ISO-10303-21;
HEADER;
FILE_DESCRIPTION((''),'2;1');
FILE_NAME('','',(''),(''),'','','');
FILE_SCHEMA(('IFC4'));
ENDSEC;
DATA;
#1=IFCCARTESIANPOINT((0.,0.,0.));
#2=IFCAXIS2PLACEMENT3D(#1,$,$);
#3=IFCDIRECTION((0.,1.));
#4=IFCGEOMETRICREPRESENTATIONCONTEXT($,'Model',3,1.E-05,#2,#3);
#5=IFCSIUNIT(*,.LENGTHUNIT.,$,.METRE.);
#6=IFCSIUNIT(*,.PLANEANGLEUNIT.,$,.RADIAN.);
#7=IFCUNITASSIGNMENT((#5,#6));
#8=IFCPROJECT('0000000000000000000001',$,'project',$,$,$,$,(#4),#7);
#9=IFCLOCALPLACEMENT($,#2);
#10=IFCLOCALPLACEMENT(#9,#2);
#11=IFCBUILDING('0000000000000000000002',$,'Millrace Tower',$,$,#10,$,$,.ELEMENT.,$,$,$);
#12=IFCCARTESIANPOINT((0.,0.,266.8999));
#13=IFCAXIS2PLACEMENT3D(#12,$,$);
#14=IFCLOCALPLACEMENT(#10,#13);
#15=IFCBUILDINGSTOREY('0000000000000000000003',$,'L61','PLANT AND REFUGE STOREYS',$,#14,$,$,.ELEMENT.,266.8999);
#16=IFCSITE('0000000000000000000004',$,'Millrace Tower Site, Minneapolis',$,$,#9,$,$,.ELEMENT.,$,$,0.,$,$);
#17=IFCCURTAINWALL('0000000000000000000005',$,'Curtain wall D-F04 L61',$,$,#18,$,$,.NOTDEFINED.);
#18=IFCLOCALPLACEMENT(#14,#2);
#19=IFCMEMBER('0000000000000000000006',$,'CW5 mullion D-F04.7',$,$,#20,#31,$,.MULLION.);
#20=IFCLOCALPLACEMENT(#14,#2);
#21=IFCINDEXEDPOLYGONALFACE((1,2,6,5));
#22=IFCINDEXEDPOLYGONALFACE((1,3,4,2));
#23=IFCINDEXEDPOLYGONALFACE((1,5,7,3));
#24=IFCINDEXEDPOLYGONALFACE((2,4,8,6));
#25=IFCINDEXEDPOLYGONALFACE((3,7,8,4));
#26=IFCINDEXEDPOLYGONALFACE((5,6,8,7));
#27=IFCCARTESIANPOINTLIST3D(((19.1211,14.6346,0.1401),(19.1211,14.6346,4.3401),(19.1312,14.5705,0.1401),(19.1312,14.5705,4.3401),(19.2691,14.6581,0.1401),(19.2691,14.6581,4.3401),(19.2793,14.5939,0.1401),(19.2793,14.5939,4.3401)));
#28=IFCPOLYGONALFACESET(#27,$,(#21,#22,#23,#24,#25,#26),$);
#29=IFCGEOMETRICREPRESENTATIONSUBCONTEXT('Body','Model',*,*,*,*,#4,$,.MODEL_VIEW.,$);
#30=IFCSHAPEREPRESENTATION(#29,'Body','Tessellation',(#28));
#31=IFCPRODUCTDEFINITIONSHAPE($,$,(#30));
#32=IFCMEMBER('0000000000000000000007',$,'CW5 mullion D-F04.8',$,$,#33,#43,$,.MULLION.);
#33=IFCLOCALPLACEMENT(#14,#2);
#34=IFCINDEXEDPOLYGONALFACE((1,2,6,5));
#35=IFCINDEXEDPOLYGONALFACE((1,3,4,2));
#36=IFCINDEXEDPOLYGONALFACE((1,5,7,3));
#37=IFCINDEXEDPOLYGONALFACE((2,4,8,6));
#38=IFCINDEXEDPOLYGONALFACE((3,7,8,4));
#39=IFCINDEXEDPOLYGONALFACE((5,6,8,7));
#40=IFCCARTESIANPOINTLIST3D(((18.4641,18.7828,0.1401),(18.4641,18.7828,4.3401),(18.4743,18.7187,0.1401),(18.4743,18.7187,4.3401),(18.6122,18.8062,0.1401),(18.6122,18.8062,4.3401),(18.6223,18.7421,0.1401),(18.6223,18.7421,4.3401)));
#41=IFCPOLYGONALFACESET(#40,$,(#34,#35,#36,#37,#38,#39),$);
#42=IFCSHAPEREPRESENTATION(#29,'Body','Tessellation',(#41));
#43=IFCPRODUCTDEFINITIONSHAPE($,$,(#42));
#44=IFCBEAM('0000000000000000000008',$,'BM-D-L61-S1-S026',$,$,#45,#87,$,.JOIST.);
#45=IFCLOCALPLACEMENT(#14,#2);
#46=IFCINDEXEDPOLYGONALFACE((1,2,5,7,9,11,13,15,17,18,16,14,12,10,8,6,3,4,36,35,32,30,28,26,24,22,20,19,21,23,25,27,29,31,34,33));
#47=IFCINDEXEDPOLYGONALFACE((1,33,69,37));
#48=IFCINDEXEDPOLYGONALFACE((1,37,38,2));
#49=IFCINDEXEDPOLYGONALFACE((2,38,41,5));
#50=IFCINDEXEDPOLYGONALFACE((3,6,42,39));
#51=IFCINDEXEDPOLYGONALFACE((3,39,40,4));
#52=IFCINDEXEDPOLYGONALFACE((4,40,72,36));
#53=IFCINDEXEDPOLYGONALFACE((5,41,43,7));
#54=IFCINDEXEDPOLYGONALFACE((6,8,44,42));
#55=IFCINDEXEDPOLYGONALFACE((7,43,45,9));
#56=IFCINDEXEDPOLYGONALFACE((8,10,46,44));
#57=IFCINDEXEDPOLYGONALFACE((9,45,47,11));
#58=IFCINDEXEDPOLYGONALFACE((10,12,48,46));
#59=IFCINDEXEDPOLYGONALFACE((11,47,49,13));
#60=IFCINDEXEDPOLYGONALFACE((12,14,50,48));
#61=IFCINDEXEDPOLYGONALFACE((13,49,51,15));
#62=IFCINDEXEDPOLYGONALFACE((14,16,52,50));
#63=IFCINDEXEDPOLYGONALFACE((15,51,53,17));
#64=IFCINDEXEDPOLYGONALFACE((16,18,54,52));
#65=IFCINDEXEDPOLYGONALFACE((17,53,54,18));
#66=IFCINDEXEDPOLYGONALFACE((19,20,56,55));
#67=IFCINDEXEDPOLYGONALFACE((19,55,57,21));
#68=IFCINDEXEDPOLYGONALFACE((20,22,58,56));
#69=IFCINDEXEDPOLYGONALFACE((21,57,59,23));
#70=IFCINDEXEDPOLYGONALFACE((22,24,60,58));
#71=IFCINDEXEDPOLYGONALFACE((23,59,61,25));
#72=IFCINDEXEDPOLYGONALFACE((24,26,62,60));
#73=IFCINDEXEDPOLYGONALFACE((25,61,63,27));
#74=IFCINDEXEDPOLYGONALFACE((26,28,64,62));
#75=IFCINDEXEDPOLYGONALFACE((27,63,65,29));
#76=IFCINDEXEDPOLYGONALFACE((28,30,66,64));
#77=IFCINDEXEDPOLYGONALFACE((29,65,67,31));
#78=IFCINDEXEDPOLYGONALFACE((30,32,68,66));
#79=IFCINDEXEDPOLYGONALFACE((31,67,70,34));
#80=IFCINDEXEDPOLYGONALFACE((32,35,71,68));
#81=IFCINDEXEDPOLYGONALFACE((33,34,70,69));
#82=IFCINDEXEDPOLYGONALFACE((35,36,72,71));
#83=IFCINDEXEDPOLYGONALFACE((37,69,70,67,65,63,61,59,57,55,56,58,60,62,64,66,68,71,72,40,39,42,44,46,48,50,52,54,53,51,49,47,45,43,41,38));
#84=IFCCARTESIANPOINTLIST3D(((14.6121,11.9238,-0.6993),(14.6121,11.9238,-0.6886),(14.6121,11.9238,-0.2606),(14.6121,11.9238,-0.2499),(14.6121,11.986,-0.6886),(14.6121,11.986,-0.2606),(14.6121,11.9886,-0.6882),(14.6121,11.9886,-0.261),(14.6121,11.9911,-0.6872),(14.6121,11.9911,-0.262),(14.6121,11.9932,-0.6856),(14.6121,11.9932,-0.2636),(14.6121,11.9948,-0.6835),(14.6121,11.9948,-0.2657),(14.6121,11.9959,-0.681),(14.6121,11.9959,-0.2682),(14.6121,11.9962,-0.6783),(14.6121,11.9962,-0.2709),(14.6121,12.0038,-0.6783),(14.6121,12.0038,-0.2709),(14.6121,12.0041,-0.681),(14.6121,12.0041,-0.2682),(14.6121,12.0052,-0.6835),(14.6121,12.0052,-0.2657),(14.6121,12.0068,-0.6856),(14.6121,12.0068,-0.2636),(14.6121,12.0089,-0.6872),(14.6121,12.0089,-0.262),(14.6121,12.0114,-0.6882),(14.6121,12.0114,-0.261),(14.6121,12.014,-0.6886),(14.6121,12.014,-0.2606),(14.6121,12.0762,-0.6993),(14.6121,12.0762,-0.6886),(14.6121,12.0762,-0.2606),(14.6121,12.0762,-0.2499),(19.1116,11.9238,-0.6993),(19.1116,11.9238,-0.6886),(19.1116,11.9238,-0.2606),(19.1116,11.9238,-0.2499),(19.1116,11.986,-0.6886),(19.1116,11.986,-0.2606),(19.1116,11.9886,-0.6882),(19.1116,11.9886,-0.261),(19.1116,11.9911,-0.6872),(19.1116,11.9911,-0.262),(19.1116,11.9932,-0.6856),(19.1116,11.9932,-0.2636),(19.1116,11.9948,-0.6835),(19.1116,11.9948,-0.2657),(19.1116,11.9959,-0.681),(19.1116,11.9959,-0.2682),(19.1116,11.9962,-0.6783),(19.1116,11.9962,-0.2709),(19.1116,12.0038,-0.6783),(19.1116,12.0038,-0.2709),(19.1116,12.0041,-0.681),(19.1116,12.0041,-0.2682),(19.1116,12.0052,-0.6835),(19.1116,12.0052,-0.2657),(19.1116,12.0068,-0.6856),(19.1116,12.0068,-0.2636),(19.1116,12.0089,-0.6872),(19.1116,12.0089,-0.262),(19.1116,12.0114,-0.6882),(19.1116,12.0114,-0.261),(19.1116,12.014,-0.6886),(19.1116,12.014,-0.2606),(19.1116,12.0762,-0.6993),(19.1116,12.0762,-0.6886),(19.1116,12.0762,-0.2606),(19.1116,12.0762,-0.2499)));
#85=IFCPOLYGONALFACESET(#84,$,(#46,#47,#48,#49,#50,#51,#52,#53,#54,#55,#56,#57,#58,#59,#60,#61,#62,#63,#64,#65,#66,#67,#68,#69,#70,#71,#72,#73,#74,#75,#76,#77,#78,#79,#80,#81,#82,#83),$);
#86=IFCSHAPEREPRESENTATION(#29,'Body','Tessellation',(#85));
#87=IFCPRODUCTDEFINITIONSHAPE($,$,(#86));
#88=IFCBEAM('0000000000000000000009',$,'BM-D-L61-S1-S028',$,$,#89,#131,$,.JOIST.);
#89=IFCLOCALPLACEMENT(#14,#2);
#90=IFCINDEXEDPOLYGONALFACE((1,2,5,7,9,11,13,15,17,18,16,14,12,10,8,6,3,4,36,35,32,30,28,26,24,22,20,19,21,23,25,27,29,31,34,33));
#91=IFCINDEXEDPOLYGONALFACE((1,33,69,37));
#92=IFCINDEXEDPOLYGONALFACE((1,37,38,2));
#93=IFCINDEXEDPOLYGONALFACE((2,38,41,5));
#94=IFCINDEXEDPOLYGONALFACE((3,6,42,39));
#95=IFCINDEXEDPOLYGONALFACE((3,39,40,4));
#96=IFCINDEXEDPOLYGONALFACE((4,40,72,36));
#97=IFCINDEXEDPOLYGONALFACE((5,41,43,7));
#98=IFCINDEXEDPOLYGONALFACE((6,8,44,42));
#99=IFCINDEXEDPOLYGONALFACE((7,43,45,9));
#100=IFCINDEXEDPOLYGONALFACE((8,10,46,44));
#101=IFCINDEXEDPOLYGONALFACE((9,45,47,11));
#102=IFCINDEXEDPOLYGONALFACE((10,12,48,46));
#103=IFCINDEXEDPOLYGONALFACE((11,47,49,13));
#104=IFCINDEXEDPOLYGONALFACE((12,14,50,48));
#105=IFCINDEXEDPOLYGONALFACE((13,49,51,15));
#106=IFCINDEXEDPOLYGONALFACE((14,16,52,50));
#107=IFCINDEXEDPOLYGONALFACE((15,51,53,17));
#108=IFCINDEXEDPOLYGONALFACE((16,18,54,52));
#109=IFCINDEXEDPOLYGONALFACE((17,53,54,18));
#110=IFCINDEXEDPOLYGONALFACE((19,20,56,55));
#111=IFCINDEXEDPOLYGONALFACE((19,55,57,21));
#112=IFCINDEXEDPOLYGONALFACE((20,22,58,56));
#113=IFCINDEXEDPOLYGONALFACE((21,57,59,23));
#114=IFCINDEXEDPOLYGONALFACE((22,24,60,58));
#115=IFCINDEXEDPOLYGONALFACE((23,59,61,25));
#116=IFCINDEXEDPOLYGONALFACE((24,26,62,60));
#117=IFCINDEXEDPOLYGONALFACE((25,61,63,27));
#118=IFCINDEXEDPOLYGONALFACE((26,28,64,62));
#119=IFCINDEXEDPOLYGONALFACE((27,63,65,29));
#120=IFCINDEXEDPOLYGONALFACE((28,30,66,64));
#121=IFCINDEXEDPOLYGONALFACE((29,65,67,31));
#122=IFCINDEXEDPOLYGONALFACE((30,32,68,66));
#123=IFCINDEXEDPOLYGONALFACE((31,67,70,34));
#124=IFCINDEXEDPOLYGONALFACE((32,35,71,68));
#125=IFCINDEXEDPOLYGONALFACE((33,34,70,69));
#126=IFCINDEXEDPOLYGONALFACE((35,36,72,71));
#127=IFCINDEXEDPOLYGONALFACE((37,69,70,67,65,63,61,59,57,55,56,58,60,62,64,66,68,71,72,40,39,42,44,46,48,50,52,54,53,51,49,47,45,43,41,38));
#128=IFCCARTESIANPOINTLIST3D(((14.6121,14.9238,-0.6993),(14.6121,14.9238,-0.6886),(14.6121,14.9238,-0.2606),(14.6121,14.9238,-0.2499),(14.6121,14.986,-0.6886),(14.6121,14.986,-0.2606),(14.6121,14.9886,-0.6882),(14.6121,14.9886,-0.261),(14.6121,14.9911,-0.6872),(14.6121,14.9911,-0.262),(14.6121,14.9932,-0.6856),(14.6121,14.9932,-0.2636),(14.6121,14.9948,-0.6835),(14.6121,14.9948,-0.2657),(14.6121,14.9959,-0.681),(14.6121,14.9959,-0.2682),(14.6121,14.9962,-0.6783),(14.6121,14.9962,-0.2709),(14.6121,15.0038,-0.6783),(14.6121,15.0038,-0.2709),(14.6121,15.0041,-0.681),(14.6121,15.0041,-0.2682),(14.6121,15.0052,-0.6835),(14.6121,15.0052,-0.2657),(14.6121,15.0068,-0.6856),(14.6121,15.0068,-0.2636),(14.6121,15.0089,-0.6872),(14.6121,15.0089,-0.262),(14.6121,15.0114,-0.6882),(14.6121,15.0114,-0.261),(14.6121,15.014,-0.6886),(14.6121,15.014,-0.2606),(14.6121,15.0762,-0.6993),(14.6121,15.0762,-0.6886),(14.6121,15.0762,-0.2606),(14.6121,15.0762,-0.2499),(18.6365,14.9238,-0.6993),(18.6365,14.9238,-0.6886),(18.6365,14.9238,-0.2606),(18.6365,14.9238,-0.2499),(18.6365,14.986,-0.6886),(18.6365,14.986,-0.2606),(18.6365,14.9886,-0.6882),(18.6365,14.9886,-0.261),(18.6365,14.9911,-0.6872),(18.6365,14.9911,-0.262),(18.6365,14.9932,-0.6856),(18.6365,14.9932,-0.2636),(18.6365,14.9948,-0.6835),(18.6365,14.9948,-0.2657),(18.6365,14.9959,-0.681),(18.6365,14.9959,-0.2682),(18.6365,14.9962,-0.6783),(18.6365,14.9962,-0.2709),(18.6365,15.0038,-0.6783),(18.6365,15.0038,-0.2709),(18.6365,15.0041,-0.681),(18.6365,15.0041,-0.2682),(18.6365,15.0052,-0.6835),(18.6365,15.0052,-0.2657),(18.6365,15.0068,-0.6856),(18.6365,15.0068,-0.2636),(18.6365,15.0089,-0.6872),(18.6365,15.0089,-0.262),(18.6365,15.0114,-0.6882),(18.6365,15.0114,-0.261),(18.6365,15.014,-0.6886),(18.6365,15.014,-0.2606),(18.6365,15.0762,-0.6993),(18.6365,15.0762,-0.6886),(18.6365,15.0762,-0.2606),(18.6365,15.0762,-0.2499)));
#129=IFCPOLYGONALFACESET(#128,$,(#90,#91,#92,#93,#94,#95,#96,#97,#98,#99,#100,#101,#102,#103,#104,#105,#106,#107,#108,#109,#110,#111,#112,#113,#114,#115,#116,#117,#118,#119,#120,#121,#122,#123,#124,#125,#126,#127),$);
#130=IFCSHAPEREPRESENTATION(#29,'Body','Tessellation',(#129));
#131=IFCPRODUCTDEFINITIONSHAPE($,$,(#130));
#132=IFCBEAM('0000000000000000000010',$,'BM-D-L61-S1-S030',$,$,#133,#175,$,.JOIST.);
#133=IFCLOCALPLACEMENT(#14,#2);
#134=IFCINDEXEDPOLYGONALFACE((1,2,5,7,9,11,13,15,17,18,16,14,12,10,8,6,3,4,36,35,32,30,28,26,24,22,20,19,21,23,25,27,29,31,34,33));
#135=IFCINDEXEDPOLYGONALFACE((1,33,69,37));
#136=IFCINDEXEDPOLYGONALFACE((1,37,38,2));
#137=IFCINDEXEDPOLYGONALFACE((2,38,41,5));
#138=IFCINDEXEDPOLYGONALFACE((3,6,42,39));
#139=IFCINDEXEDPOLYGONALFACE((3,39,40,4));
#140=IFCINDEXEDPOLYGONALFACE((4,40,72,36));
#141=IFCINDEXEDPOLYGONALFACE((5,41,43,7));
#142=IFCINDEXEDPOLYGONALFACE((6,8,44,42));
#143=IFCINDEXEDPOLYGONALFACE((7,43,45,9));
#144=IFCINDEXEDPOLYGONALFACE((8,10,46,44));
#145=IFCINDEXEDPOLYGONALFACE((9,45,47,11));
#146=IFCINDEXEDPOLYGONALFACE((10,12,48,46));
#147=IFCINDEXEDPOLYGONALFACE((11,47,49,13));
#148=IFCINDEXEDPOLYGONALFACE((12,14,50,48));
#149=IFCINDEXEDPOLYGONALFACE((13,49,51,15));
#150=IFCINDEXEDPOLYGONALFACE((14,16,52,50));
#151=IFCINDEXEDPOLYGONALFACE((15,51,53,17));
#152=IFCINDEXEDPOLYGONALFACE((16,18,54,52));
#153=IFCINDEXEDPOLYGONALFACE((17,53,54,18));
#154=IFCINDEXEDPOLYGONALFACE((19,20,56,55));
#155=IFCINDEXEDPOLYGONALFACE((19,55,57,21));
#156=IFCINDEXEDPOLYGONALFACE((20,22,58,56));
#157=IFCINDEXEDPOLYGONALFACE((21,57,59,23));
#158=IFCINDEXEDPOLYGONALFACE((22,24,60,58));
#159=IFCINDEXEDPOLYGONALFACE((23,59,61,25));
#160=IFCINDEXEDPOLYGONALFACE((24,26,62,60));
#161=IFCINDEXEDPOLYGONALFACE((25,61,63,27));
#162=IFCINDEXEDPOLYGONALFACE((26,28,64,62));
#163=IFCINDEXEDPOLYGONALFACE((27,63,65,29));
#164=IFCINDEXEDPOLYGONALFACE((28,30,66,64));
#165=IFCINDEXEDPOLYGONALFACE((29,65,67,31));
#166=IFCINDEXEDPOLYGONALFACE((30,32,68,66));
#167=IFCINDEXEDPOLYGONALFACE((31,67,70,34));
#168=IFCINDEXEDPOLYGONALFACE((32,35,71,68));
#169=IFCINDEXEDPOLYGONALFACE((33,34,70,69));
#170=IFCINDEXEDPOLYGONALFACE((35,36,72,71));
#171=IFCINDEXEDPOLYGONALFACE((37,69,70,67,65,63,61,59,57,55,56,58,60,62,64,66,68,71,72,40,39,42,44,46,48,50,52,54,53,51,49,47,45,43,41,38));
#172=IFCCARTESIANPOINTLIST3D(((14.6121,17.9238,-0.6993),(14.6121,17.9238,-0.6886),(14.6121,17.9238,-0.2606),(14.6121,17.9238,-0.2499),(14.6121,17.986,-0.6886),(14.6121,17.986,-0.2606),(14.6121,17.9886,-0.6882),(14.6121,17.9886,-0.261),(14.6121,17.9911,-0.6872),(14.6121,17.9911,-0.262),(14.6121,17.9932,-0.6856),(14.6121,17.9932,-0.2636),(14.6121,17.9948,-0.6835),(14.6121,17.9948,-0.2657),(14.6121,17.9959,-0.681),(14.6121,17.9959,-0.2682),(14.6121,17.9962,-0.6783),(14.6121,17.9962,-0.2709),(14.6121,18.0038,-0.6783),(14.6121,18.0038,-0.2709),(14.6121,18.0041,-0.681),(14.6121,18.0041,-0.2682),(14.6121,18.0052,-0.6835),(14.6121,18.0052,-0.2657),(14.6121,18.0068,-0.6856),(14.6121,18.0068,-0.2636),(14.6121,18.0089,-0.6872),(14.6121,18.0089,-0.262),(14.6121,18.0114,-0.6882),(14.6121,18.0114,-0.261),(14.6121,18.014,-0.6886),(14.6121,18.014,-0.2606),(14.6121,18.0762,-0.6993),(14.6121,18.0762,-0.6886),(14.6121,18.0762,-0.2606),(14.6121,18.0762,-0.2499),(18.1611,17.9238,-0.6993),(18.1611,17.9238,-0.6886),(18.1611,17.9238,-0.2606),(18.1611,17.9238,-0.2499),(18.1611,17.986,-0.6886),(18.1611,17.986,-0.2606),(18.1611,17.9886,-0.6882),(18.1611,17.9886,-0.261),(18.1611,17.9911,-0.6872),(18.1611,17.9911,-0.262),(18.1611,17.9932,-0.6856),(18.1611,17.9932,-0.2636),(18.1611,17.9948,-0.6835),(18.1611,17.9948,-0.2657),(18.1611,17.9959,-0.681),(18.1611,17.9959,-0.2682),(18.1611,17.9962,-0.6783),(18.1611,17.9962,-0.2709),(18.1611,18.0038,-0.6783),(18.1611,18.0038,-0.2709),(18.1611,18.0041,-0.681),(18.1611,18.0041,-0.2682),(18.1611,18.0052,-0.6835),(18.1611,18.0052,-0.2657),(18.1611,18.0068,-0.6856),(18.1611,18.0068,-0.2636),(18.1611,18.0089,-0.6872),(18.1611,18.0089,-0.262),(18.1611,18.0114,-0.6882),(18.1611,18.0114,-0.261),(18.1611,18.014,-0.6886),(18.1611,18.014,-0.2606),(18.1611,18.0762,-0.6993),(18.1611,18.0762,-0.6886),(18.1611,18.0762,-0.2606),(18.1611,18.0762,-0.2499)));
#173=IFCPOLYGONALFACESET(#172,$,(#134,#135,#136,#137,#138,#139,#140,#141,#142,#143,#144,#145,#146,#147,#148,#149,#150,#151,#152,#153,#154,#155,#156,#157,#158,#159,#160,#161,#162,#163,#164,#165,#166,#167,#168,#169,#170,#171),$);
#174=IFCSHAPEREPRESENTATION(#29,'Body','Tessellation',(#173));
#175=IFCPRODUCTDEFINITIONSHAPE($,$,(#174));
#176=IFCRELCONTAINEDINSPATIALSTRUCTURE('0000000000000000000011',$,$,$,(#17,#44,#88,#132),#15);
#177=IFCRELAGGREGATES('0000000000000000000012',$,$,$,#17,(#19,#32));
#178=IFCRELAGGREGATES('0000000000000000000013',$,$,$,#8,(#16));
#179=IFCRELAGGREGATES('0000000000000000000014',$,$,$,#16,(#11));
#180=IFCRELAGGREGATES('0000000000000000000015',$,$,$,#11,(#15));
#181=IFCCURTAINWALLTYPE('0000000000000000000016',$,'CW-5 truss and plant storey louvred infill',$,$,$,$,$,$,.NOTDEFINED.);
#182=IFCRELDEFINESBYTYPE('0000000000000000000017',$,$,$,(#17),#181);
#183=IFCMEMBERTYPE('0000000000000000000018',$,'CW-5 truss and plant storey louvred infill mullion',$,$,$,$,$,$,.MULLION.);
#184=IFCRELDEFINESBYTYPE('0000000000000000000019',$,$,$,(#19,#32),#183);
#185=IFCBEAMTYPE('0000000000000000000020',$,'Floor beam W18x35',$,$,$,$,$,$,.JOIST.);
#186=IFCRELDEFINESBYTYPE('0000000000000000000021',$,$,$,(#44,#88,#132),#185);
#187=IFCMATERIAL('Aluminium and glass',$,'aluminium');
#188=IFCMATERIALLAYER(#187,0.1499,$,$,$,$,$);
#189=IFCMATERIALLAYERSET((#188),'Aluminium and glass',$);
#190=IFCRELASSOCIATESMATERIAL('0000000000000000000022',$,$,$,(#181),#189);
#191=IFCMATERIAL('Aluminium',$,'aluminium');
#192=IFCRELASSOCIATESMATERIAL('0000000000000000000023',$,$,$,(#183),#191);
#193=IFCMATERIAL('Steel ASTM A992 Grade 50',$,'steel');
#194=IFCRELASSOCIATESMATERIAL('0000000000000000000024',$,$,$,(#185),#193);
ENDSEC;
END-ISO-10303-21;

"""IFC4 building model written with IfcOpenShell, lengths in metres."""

from ifc_helpers import new_model, si_unit, direction, frame, origin, origin_2d, place, context, subcontext, project, spatial, rectangle, i_section, extrude, material, layer, layer_set, material_profile, profile_set, type_object, element, aggregate, save


model = new_model("IFC4")

# Units and contexts
model_context = context("Model", 3, precision=1e-05, world=origin(), true_north=direction((0.0, 1.0)))
body_context = subcontext(model_context, "Body", "Model", "MODEL_VIEW")
ifc_project = project(units=[si_unit("LENGTHUNIT", "METRE"), si_unit("PLANEANGLEUNIT", "RADIAN")], contexts=[model_context])

# Site, building, storey
site_placement = place(None, origin())
site = spatial("IfcSite", under=ifc_project, at=site_placement, Name="Millrace Tower Site, Minneapolis", CompositionType="ELEMENT", RefElevation=0.0)
building_placement = place(site_placement, origin())
building = spatial("IfcBuilding", under=site, at=building_placement, Name="Millrace Tower", CompositionType="ELEMENT")
storey_placement = place(building_placement, frame((0.0, 0.0, 266.8999)))
storey = spatial("IfcBuildingStorey", under=building, at=storey_placement, Name="L61", Description="PLANT AND REFUGE STOREYS", CompositionType="ELEMENT", Elevation=266.8999)

# Curtain wall, members
ifc_material_1 = material(Name="Aluminium and glass", Category="aluminium")
ifc_layer_1 = layer(ifc_material_1, 0.1499)
ifc_layer_set_1 = layer_set([ifc_layer_1], Name="Aluminium and glass")
curtain_wall_type = type_object("IfcCurtainWallType", Name="CW-5 truss and plant storey louvred infill", PredefinedType="NOTDEFINED", material=ifc_layer_set_1)
curtain_wall_placement = place(storey_placement, origin())
curtain_wall = element("IfcCurtainWall", 1, at=curtain_wall_placement, inside=storey, type_object=curtain_wall_type, Name="Curtain wall D-F04 L61", PredefinedType="NOTDEFINED")
ifc_material_2 = material(Name="Aluminium", Category="aluminium")
ifc_material_profile_1 = material_profile(ifc_material_2, rectangle(XDim=0.0649, YDim=0.1499, at=origin_2d()))
ifc_profile_set_1 = profile_set([ifc_material_profile_1], Name="Aluminium")
member_type_1 = type_object("IfcMemberType", Name="CW-5 truss and plant storey louvred infill mullion", PredefinedType="MULLION", material=ifc_profile_set_1)
member_1_placement = place(storey_placement, frame((19.2002, 14.6143, 0.1401), z_axis=(0.0, 0.0, 1.0), x_axis=(-0.156434, 0.987688, 0.0)))
member_1 = element("IfcMember", 2, at=member_1_placement, type_object=member_type_1, Name="CW5 mullion D-F04.7", PredefinedType="MULLION", context=body_context, shape_type="SweptSolid", body=[
    extrude(rectangle(XDim=0.0649, YDim=0.1499, at=origin_2d()), origin(), (0.0, 0.0, 1.0), 4.2),
])
member_2_placement = place(storey_placement, frame((18.5432, 18.7625, 0.1401), z_axis=(0.0, 0.0, 1.0), x_axis=(-0.156434, 0.987688, 0.0)))
member_2 = element("IfcMember", 3, at=member_2_placement, type_object=member_type_1, Name="CW5 mullion D-F04.8", PredefinedType="MULLION", context=body_context, shape_type="SweptSolid", body=[
    extrude(rectangle(XDim=0.0649, YDim=0.1499, at=origin_2d()), origin(), (0.0, 0.0, 1.0), 4.2),
])
aggregate(curtain_wall, [member_1, member_2])

# Beams
ifc_material_3 = material(Name="Steel ASTM A992 Grade 50", Category="steel")
ifc_material_profile_2 = material_profile(ifc_material_3, i_section(OverallWidth=0.1523, OverallDepth=0.4495, WebThickness=0.0076, FlangeThickness=0.0107, FilletRadius=0.0103, at=origin_2d()))
ifc_profile_set_2 = profile_set([ifc_material_profile_2], Name="Steel ASTM A992 Grade 50")
beam_type_1 = type_object("IfcBeamType", Name="Floor beam W18x35", PredefinedType="JOIST", material=ifc_profile_set_2)
beam_1_placement = place(storey_placement, frame((14.6121, 12.0, -0.4746), z_axis=(1.0, 0.0, 0.0), x_axis=(0.0, 1.0, 0.0)))
element("IfcBeam", 4, at=beam_1_placement, inside=storey, type_object=beam_type_1, Name="BM-D-L61-S1-S026", PredefinedType="JOIST", context=body_context, shape_type="SweptSolid", body=[
    extrude(i_section(OverallWidth=0.1523, OverallDepth=0.4495, WebThickness=0.0076, FlangeThickness=0.0107, FilletRadius=0.0103, at=origin_2d()), origin(), (0.0, 0.0, 1.0), 4.4995),
])
beam_2_placement = place(storey_placement, frame((14.6121, 15.0, -0.4746), z_axis=(1.0, 0.0, 0.0), x_axis=(0.0, 1.0, 0.0)))
element("IfcBeam", 5, at=beam_2_placement, inside=storey, type_object=beam_type_1, Name="BM-D-L61-S1-S028", PredefinedType="JOIST", context=body_context, shape_type="SweptSolid", body=[
    extrude(i_section(OverallWidth=0.1523, OverallDepth=0.4495, WebThickness=0.0076, FlangeThickness=0.0107, FilletRadius=0.0103, at=origin_2d()), origin(), (0.0, 0.0, 1.0), 4.0244),
])
beam_3_placement = place(storey_placement, frame((14.6121, 18.0, -0.4746), z_axis=(1.0, 0.0, 0.0), x_axis=(0.0, 1.0, 0.0)))
element("IfcBeam", 6, at=beam_3_placement, inside=storey, type_object=beam_type_1, Name="BM-D-L61-S1-S030", PredefinedType="JOIST", context=body_context, shape_type="SweptSolid", body=[
    extrude(i_section(OverallWidth=0.1523, OverallDepth=0.4495, WebThickness=0.0076, FlangeThickness=0.0107, FilletRadius=0.0103, at=origin_2d()), origin(), (0.0, 0.0, 1.0), 3.5491),
])

save(model, "model.ifc")
